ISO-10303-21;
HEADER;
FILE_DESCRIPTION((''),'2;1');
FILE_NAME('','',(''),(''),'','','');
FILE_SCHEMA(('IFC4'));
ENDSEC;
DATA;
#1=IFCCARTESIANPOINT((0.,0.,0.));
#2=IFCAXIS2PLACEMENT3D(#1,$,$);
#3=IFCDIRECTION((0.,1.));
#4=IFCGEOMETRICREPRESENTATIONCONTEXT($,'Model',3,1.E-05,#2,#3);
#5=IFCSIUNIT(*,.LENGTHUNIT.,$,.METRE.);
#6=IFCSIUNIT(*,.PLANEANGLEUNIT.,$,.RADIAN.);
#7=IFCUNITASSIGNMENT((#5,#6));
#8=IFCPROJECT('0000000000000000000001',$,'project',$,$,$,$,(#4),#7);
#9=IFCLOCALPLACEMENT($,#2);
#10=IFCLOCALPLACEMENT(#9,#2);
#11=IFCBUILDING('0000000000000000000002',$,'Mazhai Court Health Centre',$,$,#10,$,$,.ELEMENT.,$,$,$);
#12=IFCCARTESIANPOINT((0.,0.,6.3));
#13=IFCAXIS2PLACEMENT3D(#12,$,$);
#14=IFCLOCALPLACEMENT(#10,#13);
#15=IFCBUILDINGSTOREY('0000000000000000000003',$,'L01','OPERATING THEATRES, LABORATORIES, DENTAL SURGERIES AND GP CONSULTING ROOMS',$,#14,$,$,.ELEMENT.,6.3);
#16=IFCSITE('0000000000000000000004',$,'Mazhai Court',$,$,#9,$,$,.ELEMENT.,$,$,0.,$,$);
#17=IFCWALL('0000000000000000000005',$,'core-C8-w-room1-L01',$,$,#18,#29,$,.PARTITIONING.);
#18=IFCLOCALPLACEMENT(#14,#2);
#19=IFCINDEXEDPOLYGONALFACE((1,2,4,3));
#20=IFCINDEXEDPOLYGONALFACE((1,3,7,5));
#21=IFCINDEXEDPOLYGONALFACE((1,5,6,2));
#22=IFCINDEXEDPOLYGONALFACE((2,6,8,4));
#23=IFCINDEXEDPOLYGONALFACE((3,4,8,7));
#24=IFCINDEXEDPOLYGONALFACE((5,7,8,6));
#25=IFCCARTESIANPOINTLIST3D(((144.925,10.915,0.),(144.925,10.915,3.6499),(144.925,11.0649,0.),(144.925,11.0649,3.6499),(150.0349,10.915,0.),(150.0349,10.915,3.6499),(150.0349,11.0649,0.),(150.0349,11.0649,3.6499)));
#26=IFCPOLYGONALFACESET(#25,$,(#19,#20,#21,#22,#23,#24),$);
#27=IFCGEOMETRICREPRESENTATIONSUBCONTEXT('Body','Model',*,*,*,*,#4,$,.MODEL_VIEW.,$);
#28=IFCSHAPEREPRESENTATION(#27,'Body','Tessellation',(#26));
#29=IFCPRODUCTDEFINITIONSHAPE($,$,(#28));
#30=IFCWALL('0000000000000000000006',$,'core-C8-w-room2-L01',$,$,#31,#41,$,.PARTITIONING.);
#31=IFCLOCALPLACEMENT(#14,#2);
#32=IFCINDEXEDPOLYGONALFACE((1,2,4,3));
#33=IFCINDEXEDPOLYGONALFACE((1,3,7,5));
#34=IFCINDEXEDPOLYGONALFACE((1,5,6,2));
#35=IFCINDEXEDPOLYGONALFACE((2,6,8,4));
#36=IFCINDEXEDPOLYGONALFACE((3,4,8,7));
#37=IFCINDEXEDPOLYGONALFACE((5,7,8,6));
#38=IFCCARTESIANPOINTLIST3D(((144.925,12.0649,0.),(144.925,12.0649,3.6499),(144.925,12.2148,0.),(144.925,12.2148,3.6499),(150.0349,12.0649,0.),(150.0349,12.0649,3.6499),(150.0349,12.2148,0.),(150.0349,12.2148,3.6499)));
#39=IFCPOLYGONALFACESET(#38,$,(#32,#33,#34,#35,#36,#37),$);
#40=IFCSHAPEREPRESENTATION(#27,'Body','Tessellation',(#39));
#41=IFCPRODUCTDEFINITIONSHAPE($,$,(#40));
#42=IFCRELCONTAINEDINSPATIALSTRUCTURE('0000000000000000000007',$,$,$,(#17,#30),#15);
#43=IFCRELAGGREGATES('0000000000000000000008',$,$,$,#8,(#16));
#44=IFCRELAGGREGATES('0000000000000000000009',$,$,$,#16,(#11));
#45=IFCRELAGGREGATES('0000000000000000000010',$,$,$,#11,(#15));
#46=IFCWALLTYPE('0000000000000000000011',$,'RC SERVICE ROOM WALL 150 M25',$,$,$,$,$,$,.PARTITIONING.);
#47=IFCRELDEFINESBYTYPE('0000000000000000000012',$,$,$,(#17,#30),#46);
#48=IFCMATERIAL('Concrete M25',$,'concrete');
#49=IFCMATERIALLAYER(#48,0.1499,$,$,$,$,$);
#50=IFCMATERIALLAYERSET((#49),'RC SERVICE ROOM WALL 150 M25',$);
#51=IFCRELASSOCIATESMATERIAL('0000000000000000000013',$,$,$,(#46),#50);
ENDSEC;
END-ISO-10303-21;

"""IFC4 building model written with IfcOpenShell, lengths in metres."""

from ifc_helpers import new_model, si_unit, direction, frame, frame_2d, origin, place, context, subcontext, project, spatial, rectangle, extrude, material, layer, layer_set, type_object, element, save


model = new_model("IFC4")

# Units and contexts
model_context = context("Model", 3, precision=1e-05, world=origin(), true_north=direction((0.0, 1.0)))
body_context = subcontext(model_context, "Body", "Model", "MODEL_VIEW")
ifc_project = project(units=[si_unit("LENGTHUNIT", "METRE"), si_unit("PLANEANGLEUNIT", "RADIAN")], contexts=[model_context])

# Site, building, storey
site_placement = place(None, origin())
site = spatial("IfcSite", under=ifc_project, at=site_placement, Name="Mazhai Court", CompositionType="ELEMENT", RefElevation=0.0)
building_placement = place(site_placement, origin())
building = spatial("IfcBuilding", under=site, at=building_placement, Name="Mazhai Court Health Centre", CompositionType="ELEMENT")
storey_placement = place(building_placement, frame((0.0, 0.0, 6.3)))
storey = spatial("IfcBuildingStorey", under=building, at=storey_placement, Name="L01", Description="OPERATING THEATRES, LABORATORIES, DENTAL SURGERIES AND GP CONSULTING ROOMS", CompositionType="ELEMENT", Elevation=6.3)

# Walls
ifc_material_1 = material(Name="Concrete M25", Category="concrete")
ifc_layer_1 = layer(ifc_material_1, 0.1499)
ifc_layer_set_1 = layer_set([ifc_layer_1], Name="RC SERVICE ROOM WALL 150 M25")
wall_type_1 = type_object("IfcWallType", Name="RC SERVICE ROOM WALL 150 M25", PredefinedType="PARTITIONING", material=ifc_layer_set_1)
for number, where, z_axis, x_axis, name in (
    (1, (144.925, 10.99, 0.0), (0.0, 0.0, 1.0), (1.0, 0.0, 0.0), "core-C8-w-room1-L01"),
    (2, (144.925, 12.1399, 0.0), (0.0, 0.0, 1.0), (1.0, 0.0, 0.0), "core-C8-w-room2-L01"),
):
    element("IfcWall", number, at=place(storey_placement, frame(where, z_axis=z_axis, x_axis=x_axis)), inside=storey, type_object=wall_type_1, Name=name, PredefinedType="PARTITIONING", context=body_context, shape_type="SweptSolid", body=[
        extrude(rectangle(XDim=5.1099, YDim=0.1499, at=frame_2d((2.5549, 0.0))), origin(), (0.0, 0.0, 1.0), 3.6499),
    ])

save(model, "model.ifc")
